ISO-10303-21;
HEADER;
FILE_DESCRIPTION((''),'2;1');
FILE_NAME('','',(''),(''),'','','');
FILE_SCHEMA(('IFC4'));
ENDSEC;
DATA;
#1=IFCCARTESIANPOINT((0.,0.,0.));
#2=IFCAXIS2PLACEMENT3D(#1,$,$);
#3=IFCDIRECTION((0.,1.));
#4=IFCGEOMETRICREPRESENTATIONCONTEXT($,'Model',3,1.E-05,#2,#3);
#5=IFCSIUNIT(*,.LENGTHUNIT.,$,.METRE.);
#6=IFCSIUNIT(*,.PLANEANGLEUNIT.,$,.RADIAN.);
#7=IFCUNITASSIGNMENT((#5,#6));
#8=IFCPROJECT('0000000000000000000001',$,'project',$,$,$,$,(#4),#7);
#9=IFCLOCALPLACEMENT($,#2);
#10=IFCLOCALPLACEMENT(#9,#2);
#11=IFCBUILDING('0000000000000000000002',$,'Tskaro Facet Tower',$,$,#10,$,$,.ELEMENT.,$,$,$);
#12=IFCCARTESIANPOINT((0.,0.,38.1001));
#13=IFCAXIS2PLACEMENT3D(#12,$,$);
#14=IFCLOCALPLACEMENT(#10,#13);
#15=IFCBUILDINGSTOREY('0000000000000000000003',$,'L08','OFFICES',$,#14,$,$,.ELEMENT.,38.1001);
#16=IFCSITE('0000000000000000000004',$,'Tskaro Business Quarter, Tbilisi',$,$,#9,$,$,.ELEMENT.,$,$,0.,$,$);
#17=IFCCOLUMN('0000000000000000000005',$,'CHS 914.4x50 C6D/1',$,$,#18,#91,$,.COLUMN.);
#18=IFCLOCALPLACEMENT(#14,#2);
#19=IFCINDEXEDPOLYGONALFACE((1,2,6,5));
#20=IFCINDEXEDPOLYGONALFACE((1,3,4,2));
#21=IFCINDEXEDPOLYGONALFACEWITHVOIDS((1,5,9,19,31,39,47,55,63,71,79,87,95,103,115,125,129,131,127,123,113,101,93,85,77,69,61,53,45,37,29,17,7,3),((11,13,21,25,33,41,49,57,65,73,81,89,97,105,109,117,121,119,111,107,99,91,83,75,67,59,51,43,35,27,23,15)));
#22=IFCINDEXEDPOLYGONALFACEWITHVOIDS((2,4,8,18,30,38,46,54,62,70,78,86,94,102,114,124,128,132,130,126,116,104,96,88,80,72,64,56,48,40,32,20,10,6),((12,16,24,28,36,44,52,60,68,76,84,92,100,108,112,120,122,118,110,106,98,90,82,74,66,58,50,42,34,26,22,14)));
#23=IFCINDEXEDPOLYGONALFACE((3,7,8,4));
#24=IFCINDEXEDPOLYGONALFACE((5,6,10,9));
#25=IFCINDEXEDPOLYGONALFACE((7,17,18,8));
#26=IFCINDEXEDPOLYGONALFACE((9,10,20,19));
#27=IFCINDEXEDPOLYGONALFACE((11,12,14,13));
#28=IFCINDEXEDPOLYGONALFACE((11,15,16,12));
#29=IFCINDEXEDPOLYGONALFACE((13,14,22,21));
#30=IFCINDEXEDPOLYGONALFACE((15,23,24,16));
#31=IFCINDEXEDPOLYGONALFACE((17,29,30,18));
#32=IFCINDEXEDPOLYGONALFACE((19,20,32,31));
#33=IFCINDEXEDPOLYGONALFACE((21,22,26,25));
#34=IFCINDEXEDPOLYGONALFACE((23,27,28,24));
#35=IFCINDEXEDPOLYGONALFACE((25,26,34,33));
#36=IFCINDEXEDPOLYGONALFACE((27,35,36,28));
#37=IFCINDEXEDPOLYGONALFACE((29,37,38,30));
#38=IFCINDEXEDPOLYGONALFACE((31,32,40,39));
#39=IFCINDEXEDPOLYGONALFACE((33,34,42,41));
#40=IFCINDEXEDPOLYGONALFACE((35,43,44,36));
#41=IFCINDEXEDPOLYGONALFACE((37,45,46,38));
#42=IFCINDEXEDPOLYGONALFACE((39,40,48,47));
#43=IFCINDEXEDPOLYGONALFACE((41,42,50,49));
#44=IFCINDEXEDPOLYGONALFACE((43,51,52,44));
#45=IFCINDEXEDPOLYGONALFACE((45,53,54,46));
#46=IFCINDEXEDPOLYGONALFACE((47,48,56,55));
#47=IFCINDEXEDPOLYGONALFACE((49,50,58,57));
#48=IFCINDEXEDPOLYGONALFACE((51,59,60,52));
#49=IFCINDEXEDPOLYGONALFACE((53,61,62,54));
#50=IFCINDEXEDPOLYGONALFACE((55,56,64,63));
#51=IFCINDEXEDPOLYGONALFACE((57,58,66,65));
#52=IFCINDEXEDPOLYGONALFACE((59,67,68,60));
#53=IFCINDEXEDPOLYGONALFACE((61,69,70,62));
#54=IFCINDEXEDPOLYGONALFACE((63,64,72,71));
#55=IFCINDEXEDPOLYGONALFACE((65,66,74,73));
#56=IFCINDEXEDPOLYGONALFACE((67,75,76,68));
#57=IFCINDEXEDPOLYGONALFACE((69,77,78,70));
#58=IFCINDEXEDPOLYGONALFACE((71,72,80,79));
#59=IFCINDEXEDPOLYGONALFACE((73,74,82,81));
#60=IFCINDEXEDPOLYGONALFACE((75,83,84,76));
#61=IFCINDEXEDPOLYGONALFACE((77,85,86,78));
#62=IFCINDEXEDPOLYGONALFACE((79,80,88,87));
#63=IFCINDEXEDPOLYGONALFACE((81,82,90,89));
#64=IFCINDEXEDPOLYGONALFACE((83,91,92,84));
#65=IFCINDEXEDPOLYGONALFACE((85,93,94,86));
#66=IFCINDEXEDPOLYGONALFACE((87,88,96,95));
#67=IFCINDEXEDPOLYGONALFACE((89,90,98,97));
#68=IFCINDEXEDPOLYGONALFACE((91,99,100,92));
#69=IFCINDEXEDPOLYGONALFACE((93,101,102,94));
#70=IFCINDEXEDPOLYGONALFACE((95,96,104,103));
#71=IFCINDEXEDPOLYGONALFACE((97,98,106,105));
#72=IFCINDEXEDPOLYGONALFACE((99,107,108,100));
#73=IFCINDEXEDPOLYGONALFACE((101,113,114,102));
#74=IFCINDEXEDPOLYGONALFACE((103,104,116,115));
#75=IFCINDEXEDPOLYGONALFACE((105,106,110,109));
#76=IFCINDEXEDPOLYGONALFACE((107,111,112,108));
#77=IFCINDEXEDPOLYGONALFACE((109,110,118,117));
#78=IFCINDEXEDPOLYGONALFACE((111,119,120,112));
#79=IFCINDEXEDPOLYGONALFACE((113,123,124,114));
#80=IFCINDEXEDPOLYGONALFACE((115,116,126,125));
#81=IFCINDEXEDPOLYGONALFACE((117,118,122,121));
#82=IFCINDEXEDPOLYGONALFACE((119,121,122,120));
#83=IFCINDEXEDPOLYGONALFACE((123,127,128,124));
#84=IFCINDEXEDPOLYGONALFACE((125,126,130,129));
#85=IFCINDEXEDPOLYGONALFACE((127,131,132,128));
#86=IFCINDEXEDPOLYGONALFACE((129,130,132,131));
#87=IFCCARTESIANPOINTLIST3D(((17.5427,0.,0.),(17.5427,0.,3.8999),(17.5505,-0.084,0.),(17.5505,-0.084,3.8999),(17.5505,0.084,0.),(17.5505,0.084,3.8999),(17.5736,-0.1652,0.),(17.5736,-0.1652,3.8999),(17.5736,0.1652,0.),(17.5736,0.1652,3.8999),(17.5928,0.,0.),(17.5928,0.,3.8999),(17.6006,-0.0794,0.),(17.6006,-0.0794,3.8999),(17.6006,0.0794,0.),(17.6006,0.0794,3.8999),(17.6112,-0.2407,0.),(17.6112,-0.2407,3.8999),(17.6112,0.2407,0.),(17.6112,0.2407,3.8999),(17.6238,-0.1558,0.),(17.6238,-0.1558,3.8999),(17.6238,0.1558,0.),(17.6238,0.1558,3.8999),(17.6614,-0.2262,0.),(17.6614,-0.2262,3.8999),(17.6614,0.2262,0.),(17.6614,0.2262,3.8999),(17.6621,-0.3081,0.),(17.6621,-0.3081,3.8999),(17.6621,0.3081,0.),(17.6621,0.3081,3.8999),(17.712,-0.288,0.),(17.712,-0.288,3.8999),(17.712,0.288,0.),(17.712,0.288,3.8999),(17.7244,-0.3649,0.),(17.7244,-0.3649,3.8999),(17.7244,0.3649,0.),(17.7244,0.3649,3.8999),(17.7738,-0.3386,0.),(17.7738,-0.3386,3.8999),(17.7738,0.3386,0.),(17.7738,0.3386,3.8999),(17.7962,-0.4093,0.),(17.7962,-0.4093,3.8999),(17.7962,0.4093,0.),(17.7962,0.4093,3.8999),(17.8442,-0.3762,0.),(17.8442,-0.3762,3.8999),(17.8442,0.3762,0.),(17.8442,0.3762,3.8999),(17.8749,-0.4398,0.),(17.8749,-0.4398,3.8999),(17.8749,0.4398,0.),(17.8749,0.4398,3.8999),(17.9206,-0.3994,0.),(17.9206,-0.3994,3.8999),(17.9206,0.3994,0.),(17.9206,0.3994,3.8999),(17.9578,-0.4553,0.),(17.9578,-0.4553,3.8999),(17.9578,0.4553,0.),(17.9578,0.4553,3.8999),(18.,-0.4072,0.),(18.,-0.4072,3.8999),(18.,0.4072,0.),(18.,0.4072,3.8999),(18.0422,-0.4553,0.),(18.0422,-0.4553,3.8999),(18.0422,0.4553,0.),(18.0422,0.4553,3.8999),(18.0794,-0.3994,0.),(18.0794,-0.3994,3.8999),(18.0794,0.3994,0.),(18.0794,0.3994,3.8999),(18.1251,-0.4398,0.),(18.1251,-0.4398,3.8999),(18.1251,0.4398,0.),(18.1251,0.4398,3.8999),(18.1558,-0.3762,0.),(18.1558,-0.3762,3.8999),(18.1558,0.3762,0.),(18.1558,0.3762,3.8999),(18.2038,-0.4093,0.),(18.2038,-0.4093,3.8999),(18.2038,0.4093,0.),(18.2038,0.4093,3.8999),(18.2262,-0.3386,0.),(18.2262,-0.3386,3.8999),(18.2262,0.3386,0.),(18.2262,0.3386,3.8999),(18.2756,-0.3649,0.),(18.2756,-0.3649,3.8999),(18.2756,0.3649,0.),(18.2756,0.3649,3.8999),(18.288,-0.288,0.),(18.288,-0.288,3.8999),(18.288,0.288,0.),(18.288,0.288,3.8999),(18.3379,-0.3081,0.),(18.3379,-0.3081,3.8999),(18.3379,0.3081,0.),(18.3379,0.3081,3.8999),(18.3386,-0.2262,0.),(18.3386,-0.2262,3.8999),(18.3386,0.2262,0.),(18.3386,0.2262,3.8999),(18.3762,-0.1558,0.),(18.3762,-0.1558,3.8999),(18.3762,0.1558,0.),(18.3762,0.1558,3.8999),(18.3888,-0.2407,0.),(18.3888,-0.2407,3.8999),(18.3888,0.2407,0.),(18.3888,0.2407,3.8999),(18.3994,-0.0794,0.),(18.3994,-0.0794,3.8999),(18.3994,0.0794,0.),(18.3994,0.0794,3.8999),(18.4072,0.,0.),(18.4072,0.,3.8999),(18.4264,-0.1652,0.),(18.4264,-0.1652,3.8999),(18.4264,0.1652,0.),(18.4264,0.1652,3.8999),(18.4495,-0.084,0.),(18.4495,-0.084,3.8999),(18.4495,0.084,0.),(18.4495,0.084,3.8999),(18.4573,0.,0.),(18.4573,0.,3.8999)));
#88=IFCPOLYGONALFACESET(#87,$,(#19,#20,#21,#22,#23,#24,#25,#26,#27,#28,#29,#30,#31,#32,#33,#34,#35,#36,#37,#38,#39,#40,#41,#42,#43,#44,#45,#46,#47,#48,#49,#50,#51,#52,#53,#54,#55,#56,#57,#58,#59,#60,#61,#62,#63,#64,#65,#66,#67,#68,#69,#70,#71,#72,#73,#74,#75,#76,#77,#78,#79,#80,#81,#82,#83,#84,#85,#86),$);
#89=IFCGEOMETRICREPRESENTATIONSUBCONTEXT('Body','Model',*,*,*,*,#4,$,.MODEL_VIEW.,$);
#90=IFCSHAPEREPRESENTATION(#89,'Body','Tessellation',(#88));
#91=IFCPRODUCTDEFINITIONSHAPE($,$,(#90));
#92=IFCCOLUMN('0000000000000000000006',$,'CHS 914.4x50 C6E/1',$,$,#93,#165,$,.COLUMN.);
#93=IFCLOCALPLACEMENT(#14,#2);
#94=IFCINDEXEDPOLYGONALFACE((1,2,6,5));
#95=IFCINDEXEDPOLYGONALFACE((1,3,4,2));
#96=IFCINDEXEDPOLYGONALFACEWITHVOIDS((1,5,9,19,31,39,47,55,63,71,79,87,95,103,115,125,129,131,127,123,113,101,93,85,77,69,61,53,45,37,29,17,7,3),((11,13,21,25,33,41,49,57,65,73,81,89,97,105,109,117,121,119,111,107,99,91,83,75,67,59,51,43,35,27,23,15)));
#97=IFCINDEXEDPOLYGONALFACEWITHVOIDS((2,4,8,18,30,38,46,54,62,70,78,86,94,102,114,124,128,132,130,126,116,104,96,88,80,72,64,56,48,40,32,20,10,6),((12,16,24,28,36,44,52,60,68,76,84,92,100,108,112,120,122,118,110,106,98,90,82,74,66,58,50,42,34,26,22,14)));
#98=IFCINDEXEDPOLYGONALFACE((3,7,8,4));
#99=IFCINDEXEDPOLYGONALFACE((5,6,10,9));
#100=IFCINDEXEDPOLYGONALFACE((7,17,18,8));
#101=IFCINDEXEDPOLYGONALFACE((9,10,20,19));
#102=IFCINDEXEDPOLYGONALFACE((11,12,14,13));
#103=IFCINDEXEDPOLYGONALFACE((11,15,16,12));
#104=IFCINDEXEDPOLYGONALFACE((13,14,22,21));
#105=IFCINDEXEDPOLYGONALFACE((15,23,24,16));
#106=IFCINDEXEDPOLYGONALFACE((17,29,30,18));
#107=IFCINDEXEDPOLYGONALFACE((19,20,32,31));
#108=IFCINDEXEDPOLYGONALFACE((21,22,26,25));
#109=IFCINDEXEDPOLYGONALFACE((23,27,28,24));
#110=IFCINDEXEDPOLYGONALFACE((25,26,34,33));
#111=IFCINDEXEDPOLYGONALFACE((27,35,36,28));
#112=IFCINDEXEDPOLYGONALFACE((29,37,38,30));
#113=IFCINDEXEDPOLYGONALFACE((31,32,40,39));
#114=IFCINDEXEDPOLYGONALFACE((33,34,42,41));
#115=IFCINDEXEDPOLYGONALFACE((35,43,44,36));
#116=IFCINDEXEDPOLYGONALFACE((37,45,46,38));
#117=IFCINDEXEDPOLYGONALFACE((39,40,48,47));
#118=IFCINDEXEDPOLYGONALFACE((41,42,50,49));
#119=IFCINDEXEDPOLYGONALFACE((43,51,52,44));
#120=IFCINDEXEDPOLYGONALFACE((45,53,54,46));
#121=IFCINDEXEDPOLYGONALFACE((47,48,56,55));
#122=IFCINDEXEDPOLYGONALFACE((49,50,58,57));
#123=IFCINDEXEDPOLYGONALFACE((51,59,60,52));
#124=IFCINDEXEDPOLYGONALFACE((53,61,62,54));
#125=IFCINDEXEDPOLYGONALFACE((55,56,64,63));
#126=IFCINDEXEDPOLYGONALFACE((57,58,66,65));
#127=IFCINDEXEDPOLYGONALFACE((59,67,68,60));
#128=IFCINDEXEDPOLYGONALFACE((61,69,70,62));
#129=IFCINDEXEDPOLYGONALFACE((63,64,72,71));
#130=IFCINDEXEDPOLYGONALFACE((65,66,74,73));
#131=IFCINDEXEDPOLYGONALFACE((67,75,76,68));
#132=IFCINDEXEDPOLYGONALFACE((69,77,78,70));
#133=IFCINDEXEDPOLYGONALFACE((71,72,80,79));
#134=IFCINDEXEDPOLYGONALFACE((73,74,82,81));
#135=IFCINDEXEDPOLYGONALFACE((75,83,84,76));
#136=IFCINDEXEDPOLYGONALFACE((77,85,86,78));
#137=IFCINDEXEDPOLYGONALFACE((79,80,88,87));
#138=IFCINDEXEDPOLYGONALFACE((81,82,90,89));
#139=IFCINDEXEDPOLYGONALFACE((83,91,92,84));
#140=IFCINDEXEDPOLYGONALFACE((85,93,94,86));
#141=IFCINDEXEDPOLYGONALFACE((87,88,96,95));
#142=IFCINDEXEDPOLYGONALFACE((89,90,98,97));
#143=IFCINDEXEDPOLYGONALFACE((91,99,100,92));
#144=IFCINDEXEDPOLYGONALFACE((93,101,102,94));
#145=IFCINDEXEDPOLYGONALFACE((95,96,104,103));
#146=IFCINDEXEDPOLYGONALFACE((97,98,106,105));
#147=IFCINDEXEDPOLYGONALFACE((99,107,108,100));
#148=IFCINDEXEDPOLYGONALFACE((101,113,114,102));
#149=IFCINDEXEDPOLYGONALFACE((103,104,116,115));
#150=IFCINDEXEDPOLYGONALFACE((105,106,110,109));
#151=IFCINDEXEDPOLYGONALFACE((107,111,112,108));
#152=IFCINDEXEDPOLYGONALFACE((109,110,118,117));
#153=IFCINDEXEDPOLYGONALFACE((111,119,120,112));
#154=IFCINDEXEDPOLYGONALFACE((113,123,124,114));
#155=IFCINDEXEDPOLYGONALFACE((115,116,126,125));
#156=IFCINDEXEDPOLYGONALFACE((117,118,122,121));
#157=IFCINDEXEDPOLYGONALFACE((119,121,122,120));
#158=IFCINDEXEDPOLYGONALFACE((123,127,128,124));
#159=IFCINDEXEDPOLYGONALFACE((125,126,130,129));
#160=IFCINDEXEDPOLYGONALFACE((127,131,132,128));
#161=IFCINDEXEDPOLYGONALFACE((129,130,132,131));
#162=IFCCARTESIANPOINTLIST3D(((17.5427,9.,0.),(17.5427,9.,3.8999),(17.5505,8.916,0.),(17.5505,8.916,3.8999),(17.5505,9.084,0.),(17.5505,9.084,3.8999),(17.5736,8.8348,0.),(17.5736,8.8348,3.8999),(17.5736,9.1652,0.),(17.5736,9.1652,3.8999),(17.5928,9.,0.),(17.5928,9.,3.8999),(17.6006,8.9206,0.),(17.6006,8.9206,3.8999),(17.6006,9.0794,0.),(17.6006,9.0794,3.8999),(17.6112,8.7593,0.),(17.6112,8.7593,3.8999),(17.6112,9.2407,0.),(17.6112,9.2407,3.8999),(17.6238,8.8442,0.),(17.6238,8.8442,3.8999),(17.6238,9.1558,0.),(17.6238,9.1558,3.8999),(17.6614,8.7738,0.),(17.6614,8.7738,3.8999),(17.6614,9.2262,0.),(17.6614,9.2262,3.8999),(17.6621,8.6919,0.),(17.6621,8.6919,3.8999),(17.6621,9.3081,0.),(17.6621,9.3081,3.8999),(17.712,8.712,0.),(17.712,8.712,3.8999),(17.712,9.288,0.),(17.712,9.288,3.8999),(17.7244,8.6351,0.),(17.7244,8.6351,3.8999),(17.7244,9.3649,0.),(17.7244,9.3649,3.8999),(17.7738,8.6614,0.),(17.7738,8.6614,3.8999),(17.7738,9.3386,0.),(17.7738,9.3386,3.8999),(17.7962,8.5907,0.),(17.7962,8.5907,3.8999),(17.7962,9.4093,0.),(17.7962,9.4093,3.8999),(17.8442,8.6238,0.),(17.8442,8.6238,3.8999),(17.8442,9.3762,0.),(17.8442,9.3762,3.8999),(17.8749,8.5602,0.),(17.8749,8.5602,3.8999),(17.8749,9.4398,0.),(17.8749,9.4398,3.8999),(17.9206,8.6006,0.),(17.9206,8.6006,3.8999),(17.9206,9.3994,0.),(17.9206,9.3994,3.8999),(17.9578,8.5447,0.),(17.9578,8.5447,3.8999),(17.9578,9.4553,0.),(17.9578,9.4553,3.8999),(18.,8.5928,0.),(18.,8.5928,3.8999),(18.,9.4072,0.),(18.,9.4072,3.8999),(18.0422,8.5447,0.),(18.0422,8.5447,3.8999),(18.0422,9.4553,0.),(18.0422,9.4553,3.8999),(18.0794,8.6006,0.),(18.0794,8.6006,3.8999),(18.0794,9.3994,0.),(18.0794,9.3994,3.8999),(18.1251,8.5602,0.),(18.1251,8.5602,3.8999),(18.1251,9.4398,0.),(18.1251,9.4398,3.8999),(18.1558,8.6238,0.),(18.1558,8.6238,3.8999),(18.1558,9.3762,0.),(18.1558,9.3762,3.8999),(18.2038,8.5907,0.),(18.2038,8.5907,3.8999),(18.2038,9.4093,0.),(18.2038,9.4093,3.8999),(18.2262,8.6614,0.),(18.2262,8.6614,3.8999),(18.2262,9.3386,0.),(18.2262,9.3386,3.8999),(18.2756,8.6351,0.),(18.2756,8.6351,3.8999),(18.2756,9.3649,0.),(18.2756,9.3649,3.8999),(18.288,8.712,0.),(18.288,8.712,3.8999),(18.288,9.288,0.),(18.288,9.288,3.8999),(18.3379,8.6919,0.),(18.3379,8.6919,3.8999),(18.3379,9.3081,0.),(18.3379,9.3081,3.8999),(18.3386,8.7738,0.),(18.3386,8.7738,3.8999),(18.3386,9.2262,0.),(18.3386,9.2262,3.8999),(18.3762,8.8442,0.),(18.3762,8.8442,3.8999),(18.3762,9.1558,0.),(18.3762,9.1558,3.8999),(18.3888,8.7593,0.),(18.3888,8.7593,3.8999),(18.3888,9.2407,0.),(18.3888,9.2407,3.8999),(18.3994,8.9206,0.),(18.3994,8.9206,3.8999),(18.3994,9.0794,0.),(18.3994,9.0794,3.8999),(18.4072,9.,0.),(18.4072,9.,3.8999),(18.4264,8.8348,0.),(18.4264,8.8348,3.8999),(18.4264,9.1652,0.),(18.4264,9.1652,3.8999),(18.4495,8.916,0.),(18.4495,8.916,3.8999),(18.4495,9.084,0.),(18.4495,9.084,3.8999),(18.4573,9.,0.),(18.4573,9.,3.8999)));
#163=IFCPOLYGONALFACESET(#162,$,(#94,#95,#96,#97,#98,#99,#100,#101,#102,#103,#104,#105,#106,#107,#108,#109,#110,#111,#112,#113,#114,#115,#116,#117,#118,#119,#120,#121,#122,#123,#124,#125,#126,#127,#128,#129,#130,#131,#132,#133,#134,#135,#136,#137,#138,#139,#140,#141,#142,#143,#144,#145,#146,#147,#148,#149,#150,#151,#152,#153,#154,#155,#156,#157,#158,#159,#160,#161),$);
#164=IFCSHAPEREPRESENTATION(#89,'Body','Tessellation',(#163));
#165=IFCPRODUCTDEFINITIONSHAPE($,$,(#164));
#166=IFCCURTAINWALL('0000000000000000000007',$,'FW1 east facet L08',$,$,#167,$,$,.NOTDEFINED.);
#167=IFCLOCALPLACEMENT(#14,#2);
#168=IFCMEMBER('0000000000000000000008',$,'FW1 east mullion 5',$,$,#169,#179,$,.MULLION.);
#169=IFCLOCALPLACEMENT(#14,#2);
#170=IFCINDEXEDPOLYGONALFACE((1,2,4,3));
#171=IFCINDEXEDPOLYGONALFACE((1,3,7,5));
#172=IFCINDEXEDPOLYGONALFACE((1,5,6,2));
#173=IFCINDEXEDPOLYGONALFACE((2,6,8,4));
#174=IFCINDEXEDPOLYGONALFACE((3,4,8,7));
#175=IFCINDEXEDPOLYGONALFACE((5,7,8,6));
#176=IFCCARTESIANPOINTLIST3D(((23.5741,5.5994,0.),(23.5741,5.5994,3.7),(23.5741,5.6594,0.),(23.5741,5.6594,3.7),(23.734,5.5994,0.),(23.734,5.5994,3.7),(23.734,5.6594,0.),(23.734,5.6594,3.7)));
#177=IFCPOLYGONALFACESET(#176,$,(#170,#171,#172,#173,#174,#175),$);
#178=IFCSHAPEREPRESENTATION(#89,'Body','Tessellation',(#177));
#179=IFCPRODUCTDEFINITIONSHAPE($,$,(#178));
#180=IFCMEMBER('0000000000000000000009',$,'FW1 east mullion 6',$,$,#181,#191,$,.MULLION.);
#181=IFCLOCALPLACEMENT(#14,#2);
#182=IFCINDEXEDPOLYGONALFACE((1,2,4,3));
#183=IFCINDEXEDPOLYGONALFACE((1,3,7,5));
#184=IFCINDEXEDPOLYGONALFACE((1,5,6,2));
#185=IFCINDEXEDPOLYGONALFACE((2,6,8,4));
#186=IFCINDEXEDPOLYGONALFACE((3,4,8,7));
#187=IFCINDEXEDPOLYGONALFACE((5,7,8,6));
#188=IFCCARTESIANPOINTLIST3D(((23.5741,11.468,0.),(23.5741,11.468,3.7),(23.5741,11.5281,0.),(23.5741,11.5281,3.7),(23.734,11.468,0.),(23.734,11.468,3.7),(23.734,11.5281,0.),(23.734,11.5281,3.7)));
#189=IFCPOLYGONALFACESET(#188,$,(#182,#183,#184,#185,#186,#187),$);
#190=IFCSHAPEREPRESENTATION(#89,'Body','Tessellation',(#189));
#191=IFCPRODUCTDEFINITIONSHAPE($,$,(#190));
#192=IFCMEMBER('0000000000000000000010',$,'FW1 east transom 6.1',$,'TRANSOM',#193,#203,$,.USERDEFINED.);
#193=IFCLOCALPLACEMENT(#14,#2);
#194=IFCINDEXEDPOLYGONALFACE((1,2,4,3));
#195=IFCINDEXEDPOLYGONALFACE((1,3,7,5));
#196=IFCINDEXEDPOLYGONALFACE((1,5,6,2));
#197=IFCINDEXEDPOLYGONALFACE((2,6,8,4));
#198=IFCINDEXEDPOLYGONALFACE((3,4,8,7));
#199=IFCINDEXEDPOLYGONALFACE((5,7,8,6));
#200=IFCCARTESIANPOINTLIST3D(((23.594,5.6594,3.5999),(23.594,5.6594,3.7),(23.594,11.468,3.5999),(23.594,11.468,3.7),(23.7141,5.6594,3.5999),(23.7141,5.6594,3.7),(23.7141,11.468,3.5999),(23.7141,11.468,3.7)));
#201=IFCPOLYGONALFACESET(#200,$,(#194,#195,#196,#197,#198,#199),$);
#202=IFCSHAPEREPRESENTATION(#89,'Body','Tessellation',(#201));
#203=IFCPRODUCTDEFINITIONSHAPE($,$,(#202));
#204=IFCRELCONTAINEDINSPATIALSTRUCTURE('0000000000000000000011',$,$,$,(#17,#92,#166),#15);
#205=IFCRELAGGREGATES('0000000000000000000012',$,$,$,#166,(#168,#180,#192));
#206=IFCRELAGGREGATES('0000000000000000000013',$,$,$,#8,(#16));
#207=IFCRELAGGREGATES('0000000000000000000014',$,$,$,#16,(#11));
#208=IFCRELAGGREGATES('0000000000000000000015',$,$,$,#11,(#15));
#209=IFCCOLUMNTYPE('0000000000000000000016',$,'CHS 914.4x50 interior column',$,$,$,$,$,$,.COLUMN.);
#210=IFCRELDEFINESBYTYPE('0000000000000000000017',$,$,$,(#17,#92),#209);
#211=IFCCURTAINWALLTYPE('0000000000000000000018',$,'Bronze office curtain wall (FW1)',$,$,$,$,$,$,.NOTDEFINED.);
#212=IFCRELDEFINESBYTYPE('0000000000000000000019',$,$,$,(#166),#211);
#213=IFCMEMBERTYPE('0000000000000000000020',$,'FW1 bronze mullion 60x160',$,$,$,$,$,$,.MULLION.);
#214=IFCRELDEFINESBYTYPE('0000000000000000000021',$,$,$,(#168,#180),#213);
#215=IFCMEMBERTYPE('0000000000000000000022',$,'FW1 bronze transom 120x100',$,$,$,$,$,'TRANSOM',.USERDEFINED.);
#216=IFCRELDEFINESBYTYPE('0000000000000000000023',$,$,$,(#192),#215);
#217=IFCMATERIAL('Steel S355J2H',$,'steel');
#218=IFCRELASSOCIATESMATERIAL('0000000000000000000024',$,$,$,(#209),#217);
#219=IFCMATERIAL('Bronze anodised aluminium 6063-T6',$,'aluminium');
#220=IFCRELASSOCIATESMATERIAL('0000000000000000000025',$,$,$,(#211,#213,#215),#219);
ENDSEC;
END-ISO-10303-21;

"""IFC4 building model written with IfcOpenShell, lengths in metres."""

from ifc_helpers import new_model, si_unit, direction, frame, origin, origin_2d, place, context, subcontext, project, spatial, rectangle, hollow_circle, extrude, material, material_profile, profile_set, type_object, element, aggregate, save


model = new_model("IFC4")

# Units and contexts
model_context = context("Model", 3, precision=1e-05, world=origin(), true_north=direction((0.0, 1.0)))
body_context = subcontext(model_context, "Body", "Model", "MODEL_VIEW")
ifc_project = project(units=[si_unit("LENGTHUNIT", "METRE"), si_unit("PLANEANGLEUNIT", "RADIAN")], contexts=[model_context])

# Site, building, storey
site_placement = place(None, origin())
site = spatial("IfcSite", under=ifc_project, at=site_placement, Name="Tskaro Business Quarter, Tbilisi", CompositionType="ELEMENT", RefElevation=0.0)
building_placement = place(site_placement, origin())
building = spatial("IfcBuilding", under=site, at=building_placement, Name="Tskaro Facet Tower", CompositionType="ELEMENT")
storey_placement = place(building_placement, frame((0.0, 0.0, 38.1001)))
storey = spatial("IfcBuildingStorey", under=building, at=storey_placement, Name="L08", Description="OFFICES", CompositionType="ELEMENT", Elevation=38.1001)

# Columns
ifc_material_1 = material(Name="Steel S355J2H", Category="steel")
ifc_material_profile_1 = material_profile(ifc_material_1, hollow_circle(Radius=0.4573, WallThickness=0.05, at=origin_2d()), Name="CHS 914.4x50")
ifc_profile_set_1 = profile_set([ifc_material_profile_1], Name="Steel S355J2H")
column_type_1 = type_object("IfcColumnType", Name="CHS 914.4x50 interior column", PredefinedType="COLUMN", material=ifc_profile_set_1)
for number, where, z_axis, x_axis, name in (
    (1, (18.0, 0.0, 0.0), (0.0, 0.0, 1.0), (1.0, 0.0, 0.0), "CHS 914.4x50 C6D/1"),
    (2, (18.0, 9.0, 0.0), (0.0, 0.0, 1.0), (1.0, 0.0, 0.0), "CHS 914.4x50 C6E/1"),
):
    element("IfcColumn", number, at=place(storey_placement, frame(where, z_axis=z_axis, x_axis=x_axis)), inside=storey, type_object=column_type_1, Name=name, PredefinedType="COLUMN", context=body_context, shape_type="SweptSolid", body=[
        extrude(hollow_circle(Radius=0.4573, WallThickness=0.05, at=origin_2d()), origin(), (0.0, 0.0, 1.0), 3.8999),
    ])

# Curtain wall, members
ifc_material_2 = material(Name="Bronze anodised aluminium 6063-T6", Category="aluminium")
curtain_wall_type = type_object("IfcCurtainWallType", Name="Bronze office curtain wall (FW1)", PredefinedType="NOTDEFINED", material=ifc_material_2)
curtain_wall_placement = place(storey_placement, origin())
curtain_wall = element("IfcCurtainWall", 3, at=curtain_wall_placement, inside=storey, type_object=curtain_wall_type, Name="FW1 east facet L08", PredefinedType="NOTDEFINED")
ifc_material_profile_2 = material_profile(ifc_material_2, rectangle(XDim=0.0601, YDim=0.1599, at=origin_2d()), Name="Mullion 60x160")
ifc_profile_set_2 = profile_set([ifc_material_profile_2], Name="Bronze anodised aluminium 6063-T6")
member_type_1 = type_object("IfcMemberType", Name="FW1 bronze mullion 60x160", PredefinedType="MULLION", material=ifc_profile_set_2)
member_1_placement = place(storey_placement, frame((23.6541, 5.6294, 0.0), z_axis=(0.0, 0.0, 1.0), x_axis=(0.0, 1.0, 0.0)))
member_1 = element("IfcMember", 4, at=member_1_placement, type_object=member_type_1, Name="FW1 east mullion 5", PredefinedType="MULLION", context=body_context, shape_type="SweptSolid", body=[
    extrude(rectangle(XDim=0.0601, YDim=0.1599, at=origin_2d()), origin(), (0.0, 0.0, 1.0), 3.7),
])
member_2_placement = place(storey_placement, frame((23.6541, 11.498, 0.0), z_axis=(0.0, 0.0, 1.0), x_axis=(0.0, 1.0, 0.0)))
member_2 = element("IfcMember", 5, at=member_2_placement, type_object=member_type_1, Name="FW1 east mullion 6", PredefinedType="MULLION", context=body_context, shape_type="SweptSolid", body=[
    extrude(rectangle(XDim=0.0601, YDim=0.1599, at=origin_2d()), origin(), (0.0, 0.0, 1.0), 3.7),
])
ifc_material_profile_3 = material_profile(ifc_material_2, rectangle(XDim=0.1201, YDim=0.1001, at=origin_2d()), Name="Transom 120x100")
ifc_profile_set_3 = profile_set([ifc_material_profile_3], Name="Bronze anodised aluminium 6063-T6")
member_type_2 = type_object("IfcMemberType", Name="FW1 bronze transom 120x100", ElementType="TRANSOM", PredefinedType="USERDEFINED", material=ifc_profile_set_3)
member_3_placement = place(storey_placement, frame((23.6541, 5.6594, 3.6499), z_axis=(0.0, 1.0, 0.0), x_axis=(-1.0, 0.0, 0.0)))
member_3 = element("IfcMember", 6, at=member_3_placement, type_object=member_type_2, Name="FW1 east transom 6.1", ObjectType="TRANSOM", PredefinedType="USERDEFINED", context=body_context, shape_type="SweptSolid", body=[
    extrude(rectangle(XDim=0.1201, YDim=0.1001, at=origin_2d()), origin(), (0.0, 0.0, 1.0), 5.8086),
])

aggregate(curtain_wall, [member_1, member_2, member_3])

save(model, "model.ifc")
